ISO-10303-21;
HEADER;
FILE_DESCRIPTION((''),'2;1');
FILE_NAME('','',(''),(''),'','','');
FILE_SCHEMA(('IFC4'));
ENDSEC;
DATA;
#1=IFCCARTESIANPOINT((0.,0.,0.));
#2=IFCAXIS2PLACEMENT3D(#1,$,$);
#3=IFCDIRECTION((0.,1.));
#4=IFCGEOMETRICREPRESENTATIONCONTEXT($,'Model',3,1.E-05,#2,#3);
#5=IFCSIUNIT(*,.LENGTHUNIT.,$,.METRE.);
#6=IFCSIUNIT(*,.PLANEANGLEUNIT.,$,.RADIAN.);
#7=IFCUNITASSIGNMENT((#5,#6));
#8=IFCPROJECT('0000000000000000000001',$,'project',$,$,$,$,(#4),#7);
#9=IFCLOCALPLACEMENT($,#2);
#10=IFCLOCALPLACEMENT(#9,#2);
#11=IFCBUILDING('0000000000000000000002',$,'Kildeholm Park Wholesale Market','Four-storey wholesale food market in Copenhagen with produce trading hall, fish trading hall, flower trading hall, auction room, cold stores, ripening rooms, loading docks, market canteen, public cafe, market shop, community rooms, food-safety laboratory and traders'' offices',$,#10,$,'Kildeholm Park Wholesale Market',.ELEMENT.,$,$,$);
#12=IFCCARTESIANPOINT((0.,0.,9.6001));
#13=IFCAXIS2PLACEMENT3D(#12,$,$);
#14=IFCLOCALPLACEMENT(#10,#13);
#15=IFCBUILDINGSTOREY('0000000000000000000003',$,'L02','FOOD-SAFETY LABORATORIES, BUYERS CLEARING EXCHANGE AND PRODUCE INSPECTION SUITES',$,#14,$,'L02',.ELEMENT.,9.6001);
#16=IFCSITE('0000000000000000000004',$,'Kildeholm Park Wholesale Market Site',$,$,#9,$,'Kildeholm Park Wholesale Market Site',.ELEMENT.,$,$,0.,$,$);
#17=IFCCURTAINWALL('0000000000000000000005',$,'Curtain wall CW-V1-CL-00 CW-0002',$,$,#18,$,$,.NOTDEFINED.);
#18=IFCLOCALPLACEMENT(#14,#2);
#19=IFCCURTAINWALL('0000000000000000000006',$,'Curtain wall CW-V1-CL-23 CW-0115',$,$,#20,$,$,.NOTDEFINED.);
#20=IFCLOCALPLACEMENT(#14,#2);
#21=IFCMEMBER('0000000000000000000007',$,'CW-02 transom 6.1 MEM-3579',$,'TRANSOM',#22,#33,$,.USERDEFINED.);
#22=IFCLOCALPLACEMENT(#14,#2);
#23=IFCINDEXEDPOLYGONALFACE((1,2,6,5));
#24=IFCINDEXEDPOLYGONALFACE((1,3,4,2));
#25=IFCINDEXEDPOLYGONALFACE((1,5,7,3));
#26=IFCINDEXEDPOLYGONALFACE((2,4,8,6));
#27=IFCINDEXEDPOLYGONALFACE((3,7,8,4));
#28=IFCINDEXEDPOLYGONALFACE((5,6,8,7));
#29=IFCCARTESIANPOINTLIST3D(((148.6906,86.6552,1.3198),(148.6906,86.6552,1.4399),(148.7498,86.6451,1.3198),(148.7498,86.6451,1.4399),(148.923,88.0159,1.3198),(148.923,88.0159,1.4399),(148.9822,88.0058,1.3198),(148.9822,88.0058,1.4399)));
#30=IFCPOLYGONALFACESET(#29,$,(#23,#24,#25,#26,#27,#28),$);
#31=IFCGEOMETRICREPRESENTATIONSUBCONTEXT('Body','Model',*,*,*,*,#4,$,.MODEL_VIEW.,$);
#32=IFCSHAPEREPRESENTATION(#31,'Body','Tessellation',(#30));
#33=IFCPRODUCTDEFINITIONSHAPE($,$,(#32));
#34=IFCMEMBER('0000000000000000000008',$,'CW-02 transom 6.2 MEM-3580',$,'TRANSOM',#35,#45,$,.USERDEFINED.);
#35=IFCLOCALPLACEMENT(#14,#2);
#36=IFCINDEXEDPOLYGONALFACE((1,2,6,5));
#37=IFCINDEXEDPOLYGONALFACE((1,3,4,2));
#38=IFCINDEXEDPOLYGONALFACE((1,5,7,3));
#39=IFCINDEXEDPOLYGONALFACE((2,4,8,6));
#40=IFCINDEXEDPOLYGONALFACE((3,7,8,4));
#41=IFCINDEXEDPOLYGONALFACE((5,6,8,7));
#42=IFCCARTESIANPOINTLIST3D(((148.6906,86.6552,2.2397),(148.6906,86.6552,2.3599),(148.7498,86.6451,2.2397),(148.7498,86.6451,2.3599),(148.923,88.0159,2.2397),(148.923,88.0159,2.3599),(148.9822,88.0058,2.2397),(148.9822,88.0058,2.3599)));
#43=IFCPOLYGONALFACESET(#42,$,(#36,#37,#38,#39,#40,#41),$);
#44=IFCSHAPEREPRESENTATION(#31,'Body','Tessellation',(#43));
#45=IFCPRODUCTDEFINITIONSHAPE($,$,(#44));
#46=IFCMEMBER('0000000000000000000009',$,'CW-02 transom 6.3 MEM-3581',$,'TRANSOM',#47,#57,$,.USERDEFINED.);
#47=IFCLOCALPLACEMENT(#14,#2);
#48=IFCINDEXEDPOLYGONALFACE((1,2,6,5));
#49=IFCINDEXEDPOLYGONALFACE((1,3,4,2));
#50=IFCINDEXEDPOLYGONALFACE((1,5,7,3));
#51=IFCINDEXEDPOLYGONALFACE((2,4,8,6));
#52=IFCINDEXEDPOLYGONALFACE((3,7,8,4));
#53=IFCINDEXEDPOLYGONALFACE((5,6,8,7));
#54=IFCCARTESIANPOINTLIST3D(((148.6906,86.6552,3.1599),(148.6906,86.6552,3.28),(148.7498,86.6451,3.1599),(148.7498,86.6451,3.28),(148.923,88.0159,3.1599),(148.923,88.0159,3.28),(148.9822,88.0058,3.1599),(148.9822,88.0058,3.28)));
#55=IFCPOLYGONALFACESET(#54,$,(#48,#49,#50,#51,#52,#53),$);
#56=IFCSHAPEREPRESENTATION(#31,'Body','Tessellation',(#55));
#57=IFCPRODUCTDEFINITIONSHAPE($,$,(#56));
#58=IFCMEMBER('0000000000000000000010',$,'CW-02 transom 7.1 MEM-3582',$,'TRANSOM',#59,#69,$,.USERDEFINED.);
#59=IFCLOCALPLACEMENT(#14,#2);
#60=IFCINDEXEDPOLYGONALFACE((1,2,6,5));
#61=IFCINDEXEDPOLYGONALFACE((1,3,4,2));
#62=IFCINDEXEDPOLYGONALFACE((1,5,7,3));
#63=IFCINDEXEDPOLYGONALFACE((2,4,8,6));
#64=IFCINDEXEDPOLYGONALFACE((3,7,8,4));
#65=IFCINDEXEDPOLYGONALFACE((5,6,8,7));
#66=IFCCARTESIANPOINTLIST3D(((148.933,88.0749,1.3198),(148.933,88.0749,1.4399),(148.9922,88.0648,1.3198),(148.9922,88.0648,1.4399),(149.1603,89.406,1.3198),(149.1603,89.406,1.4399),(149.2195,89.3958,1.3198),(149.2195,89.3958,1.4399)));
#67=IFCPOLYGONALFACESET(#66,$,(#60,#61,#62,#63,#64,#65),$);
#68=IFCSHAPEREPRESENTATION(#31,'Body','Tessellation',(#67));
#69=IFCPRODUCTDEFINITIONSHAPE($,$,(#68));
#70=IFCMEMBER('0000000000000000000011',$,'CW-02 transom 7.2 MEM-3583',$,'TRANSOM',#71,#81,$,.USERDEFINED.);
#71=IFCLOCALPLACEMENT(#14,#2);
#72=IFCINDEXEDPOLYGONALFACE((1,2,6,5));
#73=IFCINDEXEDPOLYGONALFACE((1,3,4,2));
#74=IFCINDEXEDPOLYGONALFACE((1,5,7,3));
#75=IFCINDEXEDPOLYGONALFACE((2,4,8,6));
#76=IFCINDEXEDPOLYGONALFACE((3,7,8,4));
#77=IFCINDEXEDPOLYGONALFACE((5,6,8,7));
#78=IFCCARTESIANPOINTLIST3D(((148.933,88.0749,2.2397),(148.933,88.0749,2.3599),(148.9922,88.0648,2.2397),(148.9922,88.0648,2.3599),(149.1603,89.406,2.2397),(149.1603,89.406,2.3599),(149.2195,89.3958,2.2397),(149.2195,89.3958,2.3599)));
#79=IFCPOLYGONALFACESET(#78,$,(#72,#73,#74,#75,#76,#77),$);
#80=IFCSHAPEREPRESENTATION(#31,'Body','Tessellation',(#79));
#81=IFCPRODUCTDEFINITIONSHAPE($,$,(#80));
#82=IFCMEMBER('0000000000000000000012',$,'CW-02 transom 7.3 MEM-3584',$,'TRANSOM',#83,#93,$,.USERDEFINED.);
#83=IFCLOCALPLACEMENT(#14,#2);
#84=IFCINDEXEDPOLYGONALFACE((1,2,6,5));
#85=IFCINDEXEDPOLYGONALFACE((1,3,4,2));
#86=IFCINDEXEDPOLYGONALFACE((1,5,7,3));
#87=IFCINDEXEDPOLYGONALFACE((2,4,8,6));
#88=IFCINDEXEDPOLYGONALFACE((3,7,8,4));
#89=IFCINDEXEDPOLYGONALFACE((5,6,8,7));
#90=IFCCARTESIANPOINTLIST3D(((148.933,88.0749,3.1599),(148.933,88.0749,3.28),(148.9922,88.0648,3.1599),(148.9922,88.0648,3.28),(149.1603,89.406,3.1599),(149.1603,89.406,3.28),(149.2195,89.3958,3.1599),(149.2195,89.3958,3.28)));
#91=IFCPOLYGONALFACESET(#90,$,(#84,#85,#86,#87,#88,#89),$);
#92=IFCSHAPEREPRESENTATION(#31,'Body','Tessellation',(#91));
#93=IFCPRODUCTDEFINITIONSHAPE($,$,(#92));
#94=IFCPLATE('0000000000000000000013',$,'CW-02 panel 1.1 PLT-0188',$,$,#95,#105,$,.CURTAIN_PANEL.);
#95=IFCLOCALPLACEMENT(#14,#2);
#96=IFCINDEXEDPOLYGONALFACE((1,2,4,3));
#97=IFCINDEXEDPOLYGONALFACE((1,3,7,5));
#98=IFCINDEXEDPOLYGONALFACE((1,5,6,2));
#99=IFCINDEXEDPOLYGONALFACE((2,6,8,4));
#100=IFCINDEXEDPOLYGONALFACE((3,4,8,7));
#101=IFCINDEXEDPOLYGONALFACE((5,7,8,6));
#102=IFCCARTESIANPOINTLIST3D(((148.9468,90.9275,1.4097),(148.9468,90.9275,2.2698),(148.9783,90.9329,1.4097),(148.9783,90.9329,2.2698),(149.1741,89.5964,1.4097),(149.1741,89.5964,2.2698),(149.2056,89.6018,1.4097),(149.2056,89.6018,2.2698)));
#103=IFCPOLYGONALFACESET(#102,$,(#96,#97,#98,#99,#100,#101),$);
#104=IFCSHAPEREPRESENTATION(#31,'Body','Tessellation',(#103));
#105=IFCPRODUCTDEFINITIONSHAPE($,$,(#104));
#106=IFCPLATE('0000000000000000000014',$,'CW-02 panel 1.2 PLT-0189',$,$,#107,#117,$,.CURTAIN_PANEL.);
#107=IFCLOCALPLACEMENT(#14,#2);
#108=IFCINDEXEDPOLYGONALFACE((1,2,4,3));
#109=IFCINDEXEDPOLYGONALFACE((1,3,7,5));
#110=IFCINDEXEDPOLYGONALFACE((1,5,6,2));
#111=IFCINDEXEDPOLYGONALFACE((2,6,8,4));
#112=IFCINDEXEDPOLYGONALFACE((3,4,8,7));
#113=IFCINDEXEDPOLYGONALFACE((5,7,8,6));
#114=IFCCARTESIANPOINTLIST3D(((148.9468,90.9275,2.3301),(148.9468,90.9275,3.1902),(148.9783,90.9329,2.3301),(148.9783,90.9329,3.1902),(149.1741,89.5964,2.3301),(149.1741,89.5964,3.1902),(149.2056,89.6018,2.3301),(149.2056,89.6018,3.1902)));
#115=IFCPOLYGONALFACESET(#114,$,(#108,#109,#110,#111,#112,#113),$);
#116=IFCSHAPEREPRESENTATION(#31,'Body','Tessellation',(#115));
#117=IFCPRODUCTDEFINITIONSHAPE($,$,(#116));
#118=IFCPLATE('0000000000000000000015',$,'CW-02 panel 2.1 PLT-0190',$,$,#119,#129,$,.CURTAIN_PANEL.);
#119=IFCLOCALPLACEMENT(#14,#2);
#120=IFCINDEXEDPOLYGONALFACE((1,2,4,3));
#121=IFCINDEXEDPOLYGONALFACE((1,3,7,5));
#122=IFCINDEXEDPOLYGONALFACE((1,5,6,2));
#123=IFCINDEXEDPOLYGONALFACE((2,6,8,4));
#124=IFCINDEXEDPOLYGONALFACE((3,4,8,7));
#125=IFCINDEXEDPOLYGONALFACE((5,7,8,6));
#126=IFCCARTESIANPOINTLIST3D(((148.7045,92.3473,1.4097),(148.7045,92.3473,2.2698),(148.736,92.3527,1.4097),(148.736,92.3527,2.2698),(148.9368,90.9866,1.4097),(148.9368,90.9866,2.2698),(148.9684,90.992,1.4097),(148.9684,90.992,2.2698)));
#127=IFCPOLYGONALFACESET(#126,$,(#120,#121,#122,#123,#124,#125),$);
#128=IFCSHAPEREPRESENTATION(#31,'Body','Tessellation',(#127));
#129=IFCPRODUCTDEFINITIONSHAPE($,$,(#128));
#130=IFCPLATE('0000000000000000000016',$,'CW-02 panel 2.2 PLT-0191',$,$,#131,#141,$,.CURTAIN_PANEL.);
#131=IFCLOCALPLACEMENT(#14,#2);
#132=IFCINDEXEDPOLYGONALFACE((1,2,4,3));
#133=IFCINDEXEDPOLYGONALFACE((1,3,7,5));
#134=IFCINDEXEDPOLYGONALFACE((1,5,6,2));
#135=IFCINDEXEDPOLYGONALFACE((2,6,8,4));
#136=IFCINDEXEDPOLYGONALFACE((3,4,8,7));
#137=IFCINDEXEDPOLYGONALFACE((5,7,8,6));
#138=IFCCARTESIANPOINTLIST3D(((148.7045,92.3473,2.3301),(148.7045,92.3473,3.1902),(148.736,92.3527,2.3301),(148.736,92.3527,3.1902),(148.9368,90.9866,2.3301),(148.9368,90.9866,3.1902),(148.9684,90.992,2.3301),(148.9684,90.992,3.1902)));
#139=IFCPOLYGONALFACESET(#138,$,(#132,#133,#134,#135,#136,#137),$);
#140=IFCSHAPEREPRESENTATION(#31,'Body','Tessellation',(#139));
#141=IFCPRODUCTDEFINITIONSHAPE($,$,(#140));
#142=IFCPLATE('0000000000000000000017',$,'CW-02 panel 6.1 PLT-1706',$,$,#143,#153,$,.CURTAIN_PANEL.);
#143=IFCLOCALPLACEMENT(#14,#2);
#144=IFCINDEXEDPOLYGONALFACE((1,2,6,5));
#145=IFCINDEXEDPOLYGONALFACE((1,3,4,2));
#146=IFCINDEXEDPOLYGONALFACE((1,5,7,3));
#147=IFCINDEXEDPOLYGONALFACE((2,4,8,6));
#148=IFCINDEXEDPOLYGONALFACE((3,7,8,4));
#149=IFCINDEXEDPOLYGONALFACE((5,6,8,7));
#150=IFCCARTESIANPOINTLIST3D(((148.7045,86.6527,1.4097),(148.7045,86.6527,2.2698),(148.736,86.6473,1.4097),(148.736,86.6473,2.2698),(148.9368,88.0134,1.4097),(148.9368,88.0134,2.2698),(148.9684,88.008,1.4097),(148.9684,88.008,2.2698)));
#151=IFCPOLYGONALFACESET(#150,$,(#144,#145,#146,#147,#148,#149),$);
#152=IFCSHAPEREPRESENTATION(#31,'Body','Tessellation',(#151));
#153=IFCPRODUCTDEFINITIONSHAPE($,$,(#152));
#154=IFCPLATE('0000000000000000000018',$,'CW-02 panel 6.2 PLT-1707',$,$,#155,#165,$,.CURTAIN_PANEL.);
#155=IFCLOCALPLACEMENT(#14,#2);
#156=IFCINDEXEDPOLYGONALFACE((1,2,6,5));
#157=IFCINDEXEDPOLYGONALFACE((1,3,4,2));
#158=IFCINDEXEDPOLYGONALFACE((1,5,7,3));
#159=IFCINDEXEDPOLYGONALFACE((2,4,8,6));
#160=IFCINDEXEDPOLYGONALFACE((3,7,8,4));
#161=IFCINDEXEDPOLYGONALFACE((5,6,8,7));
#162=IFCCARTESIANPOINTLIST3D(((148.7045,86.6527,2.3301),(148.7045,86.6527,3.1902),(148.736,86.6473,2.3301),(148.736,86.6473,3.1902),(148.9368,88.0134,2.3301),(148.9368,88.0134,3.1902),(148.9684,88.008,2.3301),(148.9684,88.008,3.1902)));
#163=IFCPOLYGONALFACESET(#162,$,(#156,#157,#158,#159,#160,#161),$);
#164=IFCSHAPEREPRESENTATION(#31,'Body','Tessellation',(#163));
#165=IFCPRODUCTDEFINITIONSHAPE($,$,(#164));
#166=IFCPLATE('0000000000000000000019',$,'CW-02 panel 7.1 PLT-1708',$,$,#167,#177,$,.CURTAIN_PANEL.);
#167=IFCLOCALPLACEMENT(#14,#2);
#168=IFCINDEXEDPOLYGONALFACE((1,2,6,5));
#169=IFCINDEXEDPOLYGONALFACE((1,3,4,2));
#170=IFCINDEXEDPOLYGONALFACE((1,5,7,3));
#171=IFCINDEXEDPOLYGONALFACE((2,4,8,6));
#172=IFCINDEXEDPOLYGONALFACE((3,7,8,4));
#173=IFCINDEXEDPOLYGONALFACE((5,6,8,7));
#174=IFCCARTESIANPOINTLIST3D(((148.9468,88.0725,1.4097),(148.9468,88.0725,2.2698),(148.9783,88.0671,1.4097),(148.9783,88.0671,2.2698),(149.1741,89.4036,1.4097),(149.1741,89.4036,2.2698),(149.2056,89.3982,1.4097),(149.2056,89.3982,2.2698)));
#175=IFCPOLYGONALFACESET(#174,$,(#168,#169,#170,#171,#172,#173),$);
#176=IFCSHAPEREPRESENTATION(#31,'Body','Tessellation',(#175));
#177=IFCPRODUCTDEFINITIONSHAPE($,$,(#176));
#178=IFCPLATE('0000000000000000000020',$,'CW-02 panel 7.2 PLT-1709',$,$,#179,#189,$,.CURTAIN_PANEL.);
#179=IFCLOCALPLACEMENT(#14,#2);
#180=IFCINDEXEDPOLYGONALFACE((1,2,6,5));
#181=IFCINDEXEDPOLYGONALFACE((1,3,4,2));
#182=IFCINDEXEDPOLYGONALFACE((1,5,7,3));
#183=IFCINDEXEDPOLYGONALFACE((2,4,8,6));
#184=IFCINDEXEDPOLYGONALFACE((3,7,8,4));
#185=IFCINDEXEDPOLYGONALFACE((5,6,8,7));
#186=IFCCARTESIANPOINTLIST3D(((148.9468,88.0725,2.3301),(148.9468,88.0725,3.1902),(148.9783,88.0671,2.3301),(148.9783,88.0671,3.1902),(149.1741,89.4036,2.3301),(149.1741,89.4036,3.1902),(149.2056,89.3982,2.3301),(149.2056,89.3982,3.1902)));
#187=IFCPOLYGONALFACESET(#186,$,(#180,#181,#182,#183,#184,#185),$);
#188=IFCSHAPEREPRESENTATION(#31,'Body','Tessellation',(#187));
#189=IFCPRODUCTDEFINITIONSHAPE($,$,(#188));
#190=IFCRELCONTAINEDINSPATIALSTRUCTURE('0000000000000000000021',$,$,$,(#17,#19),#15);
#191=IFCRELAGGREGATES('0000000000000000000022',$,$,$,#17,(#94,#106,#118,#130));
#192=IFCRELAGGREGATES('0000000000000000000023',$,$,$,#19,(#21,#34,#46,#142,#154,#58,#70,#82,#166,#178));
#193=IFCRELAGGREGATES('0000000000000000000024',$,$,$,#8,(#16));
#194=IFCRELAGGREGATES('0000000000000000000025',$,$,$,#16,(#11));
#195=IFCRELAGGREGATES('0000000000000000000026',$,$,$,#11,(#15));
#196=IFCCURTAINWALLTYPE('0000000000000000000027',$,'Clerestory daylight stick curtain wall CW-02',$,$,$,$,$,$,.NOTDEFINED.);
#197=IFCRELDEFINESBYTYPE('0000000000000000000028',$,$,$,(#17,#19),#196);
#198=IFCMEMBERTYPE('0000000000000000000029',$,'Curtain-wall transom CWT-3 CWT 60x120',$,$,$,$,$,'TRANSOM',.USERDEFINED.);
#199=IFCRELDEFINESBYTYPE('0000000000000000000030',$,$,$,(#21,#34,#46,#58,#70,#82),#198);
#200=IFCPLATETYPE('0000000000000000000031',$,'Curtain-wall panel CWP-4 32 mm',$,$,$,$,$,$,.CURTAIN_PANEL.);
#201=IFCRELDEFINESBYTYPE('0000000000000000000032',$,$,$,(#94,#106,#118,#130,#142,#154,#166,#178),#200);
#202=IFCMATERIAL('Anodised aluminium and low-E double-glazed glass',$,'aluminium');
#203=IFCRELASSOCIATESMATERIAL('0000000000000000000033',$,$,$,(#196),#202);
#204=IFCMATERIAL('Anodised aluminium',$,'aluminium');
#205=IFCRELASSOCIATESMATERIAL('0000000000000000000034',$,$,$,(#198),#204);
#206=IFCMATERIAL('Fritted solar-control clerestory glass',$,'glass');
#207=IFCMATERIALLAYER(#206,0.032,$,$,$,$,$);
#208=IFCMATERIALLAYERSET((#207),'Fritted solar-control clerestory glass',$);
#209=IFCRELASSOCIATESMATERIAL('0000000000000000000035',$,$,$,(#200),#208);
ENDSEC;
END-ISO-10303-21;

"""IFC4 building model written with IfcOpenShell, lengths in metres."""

from ifc_helpers import new_model, si_unit, direction, frame, origin, origin_2d, place, context, subcontext, project, spatial, rectangle, extrude, material, layer, layer_set, material_profile, profile_set, type_object, element, aggregate, save


model = new_model("IFC4")

# Units and contexts
model_context = context("Model", 3, precision=1e-05, world=origin(), true_north=direction((0.0, 1.0)))
body_context = subcontext(model_context, "Body", "Model", "MODEL_VIEW")
ifc_project = project(units=[si_unit("LENGTHUNIT", "METRE"), si_unit("PLANEANGLEUNIT", "RADIAN")], contexts=[model_context])

# Site, building, storey
site_placement = place(None, origin())
site = spatial("IfcSite", under=ifc_project, at=site_placement, Name="Kildeholm Park Wholesale Market Site", LongName="Kildeholm Park Wholesale Market Site", CompositionType="ELEMENT", RefElevation=0.0)
building_placement = place(site_placement, origin())
building = spatial("IfcBuilding", under=site, at=building_placement, Name="Kildeholm Park Wholesale Market", Description="Four-storey wholesale food market in Copenhagen with produce trading hall, fish trading hall, flower trading hall, auction room, cold stores, ripening rooms, loading docks, market canteen, public cafe, market shop, community rooms, food-safety laboratory and traders' offices", LongName="Kildeholm Park Wholesale Market", CompositionType="ELEMENT")
storey_placement = place(building_placement, frame((0.0, 0.0, 9.6001)))
storey = spatial("IfcBuildingStorey", under=building, at=storey_placement, Name="L02", Description="FOOD-SAFETY LABORATORIES, BUYERS CLEARING EXCHANGE AND PRODUCE INSPECTION SUITES", LongName="L02", CompositionType="ELEMENT", Elevation=9.6001)

# Curtain walls
ifc_material_1 = material(Name="Anodised aluminium and low-E double-glazed glass", Category="aluminium")
curtain_wall_type = type_object("IfcCurtainWallType", Name="Clerestory daylight stick curtain wall CW-02", PredefinedType="NOTDEFINED", material=ifc_material_1)
curtain_wall_1_placement = place(storey_placement, origin())
curtain_wall_1 = element("IfcCurtainWall", 1, at=curtain_wall_1_placement, inside=storey, type_object=curtain_wall_type, Name="Curtain wall CW-V1-CL-00 CW-0002", PredefinedType="NOTDEFINED")
ifc_material_2 = material(Name="Anodised aluminium", Category="aluminium")
curtain_wall_2_placement = place(storey_placement, origin())
curtain_wall_2 = element("IfcCurtainWall", 2, at=curtain_wall_2_placement, inside=storey, type_object=curtain_wall_type, Name="Curtain wall CW-V1-CL-23 CW-0115", PredefinedType="NOTDEFINED")

# Members
ifc_material_profile_1 = material_profile(ifc_material_2, rectangle(XDim=0.0601, YDim=0.1201, at=origin_2d()), Name="CWT 60x120")
ifc_profile_set_1 = profile_set([ifc_material_profile_1], Name="Anodised aluminium")
member_type_1 = type_object("IfcMemberType", Name="Curtain-wall transom CWT-3 CWT 60x120", ElementType="TRANSOM", PredefinedType="USERDEFINED", material=ifc_profile_set_1)
member_1_placement = place(storey_placement, frame((148.7202, 86.6501, 1.3799), z_axis=(0.168384, 0.985721, 0.0), x_axis=(-0.985721, 0.168384, 0.0)))
member_1 = element("IfcMember", 3, at=member_1_placement, type_object=member_type_1, Name="CW-02 transom 6.1 MEM-3579", ObjectType="TRANSOM", PredefinedType="USERDEFINED", context=body_context, shape_type="SweptSolid", body=[
    extrude(rectangle(XDim=0.0601, YDim=0.1201, at=origin_2d()), origin(), (0.0, 0.0, 1.0), 1.3804),
])
member_2_placement = place(storey_placement, frame((148.7202, 86.6501, 2.2998), z_axis=(0.168384, 0.985721, 0.0), x_axis=(-0.985721, 0.168384, 0.0)))
member_2 = element("IfcMember", 4, at=member_2_placement, type_object=member_type_1, Name="CW-02 transom 6.2 MEM-3580", ObjectType="TRANSOM", PredefinedType="USERDEFINED", context=body_context, shape_type="SweptSolid", body=[
    extrude(rectangle(XDim=0.0601, YDim=0.1201, at=origin_2d()), origin(), (0.0, 0.0, 1.0), 1.3804),
])
member_3_placement = place(storey_placement, frame((148.7202, 86.6501, 3.22), z_axis=(0.168384, 0.985721, 0.0), x_axis=(-0.985721, 0.168384, 0.0)))
member_3 = element("IfcMember", 5, at=member_3_placement, type_object=member_type_1, Name="CW-02 transom 6.3 MEM-3581", ObjectType="TRANSOM", PredefinedType="USERDEFINED", context=body_context, shape_type="SweptSolid", body=[
    extrude(rectangle(XDim=0.0601, YDim=0.1201, at=origin_2d()), origin(), (0.0, 0.0, 1.0), 1.3804),
])
member_4_placement = place(storey_placement, frame((148.9626, 88.0698, 1.3799), z_axis=(0.168326, 0.985731, 0.0), x_axis=(-0.985731, 0.168326, 0.0)))
member_4 = element("IfcMember", 6, at=member_4_placement, type_object=member_type_1, Name="CW-02 transom 7.1 MEM-3582", ObjectType="TRANSOM", PredefinedType="USERDEFINED", context=body_context, shape_type="SweptSolid", body=[
    extrude(rectangle(XDim=0.0601, YDim=0.1201, at=origin_2d()), origin(), (0.0, 0.0, 1.0), 1.3503),
])
member_5_placement = place(storey_placement, frame((148.9626, 88.0698, 2.2998), z_axis=(0.168326, 0.985731, 0.0), x_axis=(-0.985731, 0.168326, 0.0)))
member_5 = element("IfcMember", 7, at=member_5_placement, type_object=member_type_1, Name="CW-02 transom 7.2 MEM-3583", ObjectType="TRANSOM", PredefinedType="USERDEFINED", context=body_context, shape_type="SweptSolid", body=[
    extrude(rectangle(XDim=0.0601, YDim=0.1201, at=origin_2d()), origin(), (0.0, 0.0, 1.0), 1.3503),
])
member_6_placement = place(storey_placement, frame((148.9626, 88.0698, 3.22), z_axis=(0.168326, 0.985731, 0.0), x_axis=(-0.985731, 0.168326, 0.0)))
member_6 = element("IfcMember", 8, at=member_6_placement, type_object=member_type_1, Name="CW-02 transom 7.3 MEM-3584", ObjectType="TRANSOM", PredefinedType="USERDEFINED", context=body_context, shape_type="SweptSolid", body=[
    extrude(rectangle(XDim=0.0601, YDim=0.1201, at=origin_2d()), origin(), (0.0, 0.0, 1.0), 1.3503),
])

# Plates
ifc_material_3 = material(Name="Fritted solar-control clerestory glass", Category="glass")
ifc_layer = layer(ifc_material_3, 0.032)
ifc_layer_set = layer_set([ifc_layer], Name="Fritted solar-control clerestory glass")
plate_type = type_object("IfcPlateType", Name="Curtain-wall panel CWP-4 32 mm", PredefinedType="CURTAIN_PANEL", material=ifc_layer_set)
plate_1_placement = place(storey_placement, frame((149.0762, 90.2646, 1.4097), z_axis=(0.0, 0.0, 1.0), x_axis=(-0.168322, 0.985732, 0.0)))
plate_1 = element("IfcPlate", 9, at=plate_1_placement, type_object=plate_type, Name="CW-02 panel 1.1 PLT-0188", PredefinedType="CURTAIN_PANEL", context=body_context, shape_type="SweptSolid", body=[
    extrude(rectangle(XDim=1.3503, YDim=0.032, at=origin_2d()), origin(), (0.0, 0.0, 1.0), 0.8601),
])
plate_2_placement = place(storey_placement, frame((149.0762, 90.2646, 2.3301), z_axis=(0.0, 0.0, 1.0), x_axis=(-0.168322, 0.985732, 0.0)))
plate_2 = element("IfcPlate", 10, at=plate_2_placement, type_object=plate_type, Name="CW-02 panel 1.2 PLT-0189", PredefinedType="CURTAIN_PANEL", context=body_context, shape_type="SweptSolid", body=[
    extrude(rectangle(XDim=1.3503, YDim=0.032, at=origin_2d()), origin(), (0.0, 0.0, 1.0), 0.8601),
])
plate_3_placement = place(storey_placement, frame((148.8364, 91.6697, 1.4097), z_axis=(0.0, 0.0, 1.0), x_axis=(-0.168322, 0.985732, 0.0)))
plate_3 = element("IfcPlate", 11, at=plate_3_placement, type_object=plate_type, Name="CW-02 panel 2.1 PLT-0190", PredefinedType="CURTAIN_PANEL", context=body_context, shape_type="SweptSolid", body=[
    extrude(rectangle(XDim=1.3804, YDim=0.032, at=origin_2d()), origin(), (0.0, 0.0, 1.0), 0.8601),
])
plate_4_placement = place(storey_placement, frame((148.8364, 91.6697, 2.3301), z_axis=(0.0, 0.0, 1.0), x_axis=(-0.168322, 0.985732, 0.0)))
plate_4 = element("IfcPlate", 12, at=plate_4_placement, type_object=plate_type, Name="CW-02 panel 2.2 PLT-0191", PredefinedType="CURTAIN_PANEL", context=body_context, shape_type="SweptSolid", body=[
    extrude(rectangle(XDim=1.3804, YDim=0.032, at=origin_2d()), origin(), (0.0, 0.0, 1.0), 0.8601),
])
aggregate(curtain_wall_1, [plate_1, plate_2, plate_3, plate_4])
plate_5_placement = place(storey_placement, frame((148.8364, 87.3303, 1.4097), z_axis=(0.0, 0.0, 1.0), x_axis=(0.168322, 0.985732, 0.0)))
plate_5 = element("IfcPlate", 13, at=plate_5_placement, type_object=plate_type, Name="CW-02 panel 6.1 PLT-1706", PredefinedType="CURTAIN_PANEL", context=body_context, shape_type="SweptSolid", body=[
    extrude(rectangle(XDim=1.3804, YDim=0.032, at=origin_2d()), origin(), (0.0, 0.0, 1.0), 0.8601),
])
plate_6_placement = place(storey_placement, frame((148.8364, 87.3303, 2.3301), z_axis=(0.0, 0.0, 1.0), x_axis=(0.168322, 0.985732, 0.0)))
plate_6 = element("IfcPlate", 14, at=plate_6_placement, type_object=plate_type, Name="CW-02 panel 6.2 PLT-1707", PredefinedType="CURTAIN_PANEL", context=body_context, shape_type="SweptSolid", body=[
    extrude(rectangle(XDim=1.3804, YDim=0.032, at=origin_2d()), origin(), (0.0, 0.0, 1.0), 0.8601),
])
plate_7_placement = place(storey_placement, frame((149.0762, 88.7354, 1.4097), z_axis=(0.0, 0.0, 1.0), x_axis=(0.168322, 0.985732, 0.0)))
plate_7 = element("IfcPlate", 15, at=plate_7_placement, type_object=plate_type, Name="CW-02 panel 7.1 PLT-1708", PredefinedType="CURTAIN_PANEL", context=body_context, shape_type="SweptSolid", body=[
    extrude(rectangle(XDim=1.3503, YDim=0.032, at=origin_2d()), origin(), (0.0, 0.0, 1.0), 0.8601),
])
plate_8_placement = place(storey_placement, frame((149.0762, 88.7354, 2.3301), z_axis=(0.0, 0.0, 1.0), x_axis=(0.168322, 0.985732, 0.0)))
plate_8 = element("IfcPlate", 16, at=plate_8_placement, type_object=plate_type, Name="CW-02 panel 7.2 PLT-1709", PredefinedType="CURTAIN_PANEL", context=body_context, shape_type="SweptSolid", body=[
    extrude(rectangle(XDim=1.3503, YDim=0.032, at=origin_2d()), origin(), (0.0, 0.0, 1.0), 0.8601),
])
aggregate(curtain_wall_2, [member_1, member_2, member_3, plate_5, plate_6, member_4, member_5, member_6, plate_7, plate_8])

save(model, "model.ifc")
